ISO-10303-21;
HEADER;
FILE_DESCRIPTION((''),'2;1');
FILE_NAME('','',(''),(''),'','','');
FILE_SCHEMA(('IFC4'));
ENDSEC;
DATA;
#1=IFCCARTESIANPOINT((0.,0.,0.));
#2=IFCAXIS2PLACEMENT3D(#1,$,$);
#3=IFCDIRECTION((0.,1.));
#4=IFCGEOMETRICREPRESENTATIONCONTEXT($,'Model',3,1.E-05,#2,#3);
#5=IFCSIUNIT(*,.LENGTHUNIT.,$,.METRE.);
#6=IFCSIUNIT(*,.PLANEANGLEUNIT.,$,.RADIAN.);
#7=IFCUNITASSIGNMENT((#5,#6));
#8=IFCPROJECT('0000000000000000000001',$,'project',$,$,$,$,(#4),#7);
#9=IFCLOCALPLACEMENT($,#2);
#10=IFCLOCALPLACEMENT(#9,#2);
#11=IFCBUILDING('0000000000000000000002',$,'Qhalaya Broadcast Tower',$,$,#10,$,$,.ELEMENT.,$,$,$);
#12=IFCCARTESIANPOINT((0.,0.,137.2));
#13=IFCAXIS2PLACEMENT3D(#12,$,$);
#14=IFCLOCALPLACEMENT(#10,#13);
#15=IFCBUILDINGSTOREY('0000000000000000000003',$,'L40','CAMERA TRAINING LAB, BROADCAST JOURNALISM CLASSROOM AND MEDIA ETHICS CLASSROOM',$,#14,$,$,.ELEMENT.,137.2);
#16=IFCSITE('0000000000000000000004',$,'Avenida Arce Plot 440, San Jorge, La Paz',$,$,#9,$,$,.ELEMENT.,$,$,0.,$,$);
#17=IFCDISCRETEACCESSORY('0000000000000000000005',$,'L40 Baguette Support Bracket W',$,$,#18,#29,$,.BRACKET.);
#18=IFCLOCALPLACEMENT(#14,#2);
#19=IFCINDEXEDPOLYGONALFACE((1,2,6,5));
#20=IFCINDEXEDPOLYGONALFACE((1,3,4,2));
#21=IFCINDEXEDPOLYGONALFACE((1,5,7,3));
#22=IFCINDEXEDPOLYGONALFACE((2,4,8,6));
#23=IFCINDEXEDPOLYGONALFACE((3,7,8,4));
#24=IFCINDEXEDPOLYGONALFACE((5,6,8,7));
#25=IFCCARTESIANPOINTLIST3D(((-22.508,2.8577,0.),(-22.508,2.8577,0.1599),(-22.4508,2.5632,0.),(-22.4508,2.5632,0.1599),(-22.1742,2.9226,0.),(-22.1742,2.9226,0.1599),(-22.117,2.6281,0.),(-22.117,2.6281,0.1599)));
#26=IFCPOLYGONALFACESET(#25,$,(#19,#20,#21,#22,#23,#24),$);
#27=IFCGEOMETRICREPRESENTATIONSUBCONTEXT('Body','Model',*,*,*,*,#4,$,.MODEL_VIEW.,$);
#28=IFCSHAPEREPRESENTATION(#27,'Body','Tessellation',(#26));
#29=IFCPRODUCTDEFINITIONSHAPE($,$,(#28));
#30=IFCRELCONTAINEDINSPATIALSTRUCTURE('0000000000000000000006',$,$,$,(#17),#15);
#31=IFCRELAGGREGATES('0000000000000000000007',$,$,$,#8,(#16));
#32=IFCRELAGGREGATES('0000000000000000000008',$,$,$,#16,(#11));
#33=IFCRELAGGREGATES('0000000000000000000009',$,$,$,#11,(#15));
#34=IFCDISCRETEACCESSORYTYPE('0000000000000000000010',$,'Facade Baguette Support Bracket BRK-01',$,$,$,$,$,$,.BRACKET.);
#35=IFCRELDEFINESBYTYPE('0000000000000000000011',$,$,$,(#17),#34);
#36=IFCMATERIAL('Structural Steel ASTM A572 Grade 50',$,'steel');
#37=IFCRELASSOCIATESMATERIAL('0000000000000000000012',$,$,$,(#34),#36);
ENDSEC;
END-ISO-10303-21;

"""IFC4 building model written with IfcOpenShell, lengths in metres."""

from ifc_helpers import new_model, si_unit, direction, frame, origin, origin_2d, place, context, subcontext, project, spatial, rectangle, extrude, material, type_object, element, save


model = new_model("IFC4")

# Units and contexts
model_context = context("Model", 3, precision=1e-05, world=origin(), true_north=direction((0.0, 1.0)))
body_context = subcontext(model_context, "Body", "Model", "MODEL_VIEW")
ifc_project = project(units=[si_unit("LENGTHUNIT", "METRE"), si_unit("PLANEANGLEUNIT", "RADIAN")], contexts=[model_context])

# Site, building, storey
site_placement = place(None, origin())
site = spatial("IfcSite", under=ifc_project, at=site_placement, Name="Avenida Arce Plot 440, San Jorge, La Paz", CompositionType="ELEMENT", RefElevation=0.0)
building_placement = place(site_placement, origin())
building = spatial("IfcBuilding", under=site, at=building_placement, Name="Qhalaya Broadcast Tower", CompositionType="ELEMENT")
storey_placement = place(building_placement, frame((0.0, 0.0, 137.2)))
storey = spatial("IfcBuildingStorey", under=building, at=storey_placement, Name="L40", Description="CAMERA TRAINING LAB, BROADCAST JOURNALISM CLASSROOM AND MEDIA ETHICS CLASSROOM", CompositionType="ELEMENT", Elevation=137.2)

# Shared definitions
ifc_material_1 = material(Name="Structural Steel ASTM A572 Grade 50", Category="steel")

# Discrete accessory
discrete_accessory_type = type_object("IfcDiscreteAccessoryType", Name="Facade Baguette Support Bracket BRK-01", PredefinedType="BRACKET", material=ifc_material_1)
discrete_accessory_placement = place(storey_placement, frame((-22.3125, 2.7429, 0.0), z_axis=(0.0, 0.0, 1.0), x_axis=(0.190809, -0.981627, 0.0)))
element("IfcDiscreteAccessory", 1, at=discrete_accessory_placement, inside=storey, type_object=discrete_accessory_type, Name="L40 Baguette Support Bracket W", PredefinedType="BRACKET", context=body_context, shape_type="SweptSolid", body=[
    extrude(rectangle(XDim=0.3, YDim=0.3401, at=origin_2d()), origin(), (0.0, 0.0, 1.0), 0.1599),
])

save(model, "model.ifc")
